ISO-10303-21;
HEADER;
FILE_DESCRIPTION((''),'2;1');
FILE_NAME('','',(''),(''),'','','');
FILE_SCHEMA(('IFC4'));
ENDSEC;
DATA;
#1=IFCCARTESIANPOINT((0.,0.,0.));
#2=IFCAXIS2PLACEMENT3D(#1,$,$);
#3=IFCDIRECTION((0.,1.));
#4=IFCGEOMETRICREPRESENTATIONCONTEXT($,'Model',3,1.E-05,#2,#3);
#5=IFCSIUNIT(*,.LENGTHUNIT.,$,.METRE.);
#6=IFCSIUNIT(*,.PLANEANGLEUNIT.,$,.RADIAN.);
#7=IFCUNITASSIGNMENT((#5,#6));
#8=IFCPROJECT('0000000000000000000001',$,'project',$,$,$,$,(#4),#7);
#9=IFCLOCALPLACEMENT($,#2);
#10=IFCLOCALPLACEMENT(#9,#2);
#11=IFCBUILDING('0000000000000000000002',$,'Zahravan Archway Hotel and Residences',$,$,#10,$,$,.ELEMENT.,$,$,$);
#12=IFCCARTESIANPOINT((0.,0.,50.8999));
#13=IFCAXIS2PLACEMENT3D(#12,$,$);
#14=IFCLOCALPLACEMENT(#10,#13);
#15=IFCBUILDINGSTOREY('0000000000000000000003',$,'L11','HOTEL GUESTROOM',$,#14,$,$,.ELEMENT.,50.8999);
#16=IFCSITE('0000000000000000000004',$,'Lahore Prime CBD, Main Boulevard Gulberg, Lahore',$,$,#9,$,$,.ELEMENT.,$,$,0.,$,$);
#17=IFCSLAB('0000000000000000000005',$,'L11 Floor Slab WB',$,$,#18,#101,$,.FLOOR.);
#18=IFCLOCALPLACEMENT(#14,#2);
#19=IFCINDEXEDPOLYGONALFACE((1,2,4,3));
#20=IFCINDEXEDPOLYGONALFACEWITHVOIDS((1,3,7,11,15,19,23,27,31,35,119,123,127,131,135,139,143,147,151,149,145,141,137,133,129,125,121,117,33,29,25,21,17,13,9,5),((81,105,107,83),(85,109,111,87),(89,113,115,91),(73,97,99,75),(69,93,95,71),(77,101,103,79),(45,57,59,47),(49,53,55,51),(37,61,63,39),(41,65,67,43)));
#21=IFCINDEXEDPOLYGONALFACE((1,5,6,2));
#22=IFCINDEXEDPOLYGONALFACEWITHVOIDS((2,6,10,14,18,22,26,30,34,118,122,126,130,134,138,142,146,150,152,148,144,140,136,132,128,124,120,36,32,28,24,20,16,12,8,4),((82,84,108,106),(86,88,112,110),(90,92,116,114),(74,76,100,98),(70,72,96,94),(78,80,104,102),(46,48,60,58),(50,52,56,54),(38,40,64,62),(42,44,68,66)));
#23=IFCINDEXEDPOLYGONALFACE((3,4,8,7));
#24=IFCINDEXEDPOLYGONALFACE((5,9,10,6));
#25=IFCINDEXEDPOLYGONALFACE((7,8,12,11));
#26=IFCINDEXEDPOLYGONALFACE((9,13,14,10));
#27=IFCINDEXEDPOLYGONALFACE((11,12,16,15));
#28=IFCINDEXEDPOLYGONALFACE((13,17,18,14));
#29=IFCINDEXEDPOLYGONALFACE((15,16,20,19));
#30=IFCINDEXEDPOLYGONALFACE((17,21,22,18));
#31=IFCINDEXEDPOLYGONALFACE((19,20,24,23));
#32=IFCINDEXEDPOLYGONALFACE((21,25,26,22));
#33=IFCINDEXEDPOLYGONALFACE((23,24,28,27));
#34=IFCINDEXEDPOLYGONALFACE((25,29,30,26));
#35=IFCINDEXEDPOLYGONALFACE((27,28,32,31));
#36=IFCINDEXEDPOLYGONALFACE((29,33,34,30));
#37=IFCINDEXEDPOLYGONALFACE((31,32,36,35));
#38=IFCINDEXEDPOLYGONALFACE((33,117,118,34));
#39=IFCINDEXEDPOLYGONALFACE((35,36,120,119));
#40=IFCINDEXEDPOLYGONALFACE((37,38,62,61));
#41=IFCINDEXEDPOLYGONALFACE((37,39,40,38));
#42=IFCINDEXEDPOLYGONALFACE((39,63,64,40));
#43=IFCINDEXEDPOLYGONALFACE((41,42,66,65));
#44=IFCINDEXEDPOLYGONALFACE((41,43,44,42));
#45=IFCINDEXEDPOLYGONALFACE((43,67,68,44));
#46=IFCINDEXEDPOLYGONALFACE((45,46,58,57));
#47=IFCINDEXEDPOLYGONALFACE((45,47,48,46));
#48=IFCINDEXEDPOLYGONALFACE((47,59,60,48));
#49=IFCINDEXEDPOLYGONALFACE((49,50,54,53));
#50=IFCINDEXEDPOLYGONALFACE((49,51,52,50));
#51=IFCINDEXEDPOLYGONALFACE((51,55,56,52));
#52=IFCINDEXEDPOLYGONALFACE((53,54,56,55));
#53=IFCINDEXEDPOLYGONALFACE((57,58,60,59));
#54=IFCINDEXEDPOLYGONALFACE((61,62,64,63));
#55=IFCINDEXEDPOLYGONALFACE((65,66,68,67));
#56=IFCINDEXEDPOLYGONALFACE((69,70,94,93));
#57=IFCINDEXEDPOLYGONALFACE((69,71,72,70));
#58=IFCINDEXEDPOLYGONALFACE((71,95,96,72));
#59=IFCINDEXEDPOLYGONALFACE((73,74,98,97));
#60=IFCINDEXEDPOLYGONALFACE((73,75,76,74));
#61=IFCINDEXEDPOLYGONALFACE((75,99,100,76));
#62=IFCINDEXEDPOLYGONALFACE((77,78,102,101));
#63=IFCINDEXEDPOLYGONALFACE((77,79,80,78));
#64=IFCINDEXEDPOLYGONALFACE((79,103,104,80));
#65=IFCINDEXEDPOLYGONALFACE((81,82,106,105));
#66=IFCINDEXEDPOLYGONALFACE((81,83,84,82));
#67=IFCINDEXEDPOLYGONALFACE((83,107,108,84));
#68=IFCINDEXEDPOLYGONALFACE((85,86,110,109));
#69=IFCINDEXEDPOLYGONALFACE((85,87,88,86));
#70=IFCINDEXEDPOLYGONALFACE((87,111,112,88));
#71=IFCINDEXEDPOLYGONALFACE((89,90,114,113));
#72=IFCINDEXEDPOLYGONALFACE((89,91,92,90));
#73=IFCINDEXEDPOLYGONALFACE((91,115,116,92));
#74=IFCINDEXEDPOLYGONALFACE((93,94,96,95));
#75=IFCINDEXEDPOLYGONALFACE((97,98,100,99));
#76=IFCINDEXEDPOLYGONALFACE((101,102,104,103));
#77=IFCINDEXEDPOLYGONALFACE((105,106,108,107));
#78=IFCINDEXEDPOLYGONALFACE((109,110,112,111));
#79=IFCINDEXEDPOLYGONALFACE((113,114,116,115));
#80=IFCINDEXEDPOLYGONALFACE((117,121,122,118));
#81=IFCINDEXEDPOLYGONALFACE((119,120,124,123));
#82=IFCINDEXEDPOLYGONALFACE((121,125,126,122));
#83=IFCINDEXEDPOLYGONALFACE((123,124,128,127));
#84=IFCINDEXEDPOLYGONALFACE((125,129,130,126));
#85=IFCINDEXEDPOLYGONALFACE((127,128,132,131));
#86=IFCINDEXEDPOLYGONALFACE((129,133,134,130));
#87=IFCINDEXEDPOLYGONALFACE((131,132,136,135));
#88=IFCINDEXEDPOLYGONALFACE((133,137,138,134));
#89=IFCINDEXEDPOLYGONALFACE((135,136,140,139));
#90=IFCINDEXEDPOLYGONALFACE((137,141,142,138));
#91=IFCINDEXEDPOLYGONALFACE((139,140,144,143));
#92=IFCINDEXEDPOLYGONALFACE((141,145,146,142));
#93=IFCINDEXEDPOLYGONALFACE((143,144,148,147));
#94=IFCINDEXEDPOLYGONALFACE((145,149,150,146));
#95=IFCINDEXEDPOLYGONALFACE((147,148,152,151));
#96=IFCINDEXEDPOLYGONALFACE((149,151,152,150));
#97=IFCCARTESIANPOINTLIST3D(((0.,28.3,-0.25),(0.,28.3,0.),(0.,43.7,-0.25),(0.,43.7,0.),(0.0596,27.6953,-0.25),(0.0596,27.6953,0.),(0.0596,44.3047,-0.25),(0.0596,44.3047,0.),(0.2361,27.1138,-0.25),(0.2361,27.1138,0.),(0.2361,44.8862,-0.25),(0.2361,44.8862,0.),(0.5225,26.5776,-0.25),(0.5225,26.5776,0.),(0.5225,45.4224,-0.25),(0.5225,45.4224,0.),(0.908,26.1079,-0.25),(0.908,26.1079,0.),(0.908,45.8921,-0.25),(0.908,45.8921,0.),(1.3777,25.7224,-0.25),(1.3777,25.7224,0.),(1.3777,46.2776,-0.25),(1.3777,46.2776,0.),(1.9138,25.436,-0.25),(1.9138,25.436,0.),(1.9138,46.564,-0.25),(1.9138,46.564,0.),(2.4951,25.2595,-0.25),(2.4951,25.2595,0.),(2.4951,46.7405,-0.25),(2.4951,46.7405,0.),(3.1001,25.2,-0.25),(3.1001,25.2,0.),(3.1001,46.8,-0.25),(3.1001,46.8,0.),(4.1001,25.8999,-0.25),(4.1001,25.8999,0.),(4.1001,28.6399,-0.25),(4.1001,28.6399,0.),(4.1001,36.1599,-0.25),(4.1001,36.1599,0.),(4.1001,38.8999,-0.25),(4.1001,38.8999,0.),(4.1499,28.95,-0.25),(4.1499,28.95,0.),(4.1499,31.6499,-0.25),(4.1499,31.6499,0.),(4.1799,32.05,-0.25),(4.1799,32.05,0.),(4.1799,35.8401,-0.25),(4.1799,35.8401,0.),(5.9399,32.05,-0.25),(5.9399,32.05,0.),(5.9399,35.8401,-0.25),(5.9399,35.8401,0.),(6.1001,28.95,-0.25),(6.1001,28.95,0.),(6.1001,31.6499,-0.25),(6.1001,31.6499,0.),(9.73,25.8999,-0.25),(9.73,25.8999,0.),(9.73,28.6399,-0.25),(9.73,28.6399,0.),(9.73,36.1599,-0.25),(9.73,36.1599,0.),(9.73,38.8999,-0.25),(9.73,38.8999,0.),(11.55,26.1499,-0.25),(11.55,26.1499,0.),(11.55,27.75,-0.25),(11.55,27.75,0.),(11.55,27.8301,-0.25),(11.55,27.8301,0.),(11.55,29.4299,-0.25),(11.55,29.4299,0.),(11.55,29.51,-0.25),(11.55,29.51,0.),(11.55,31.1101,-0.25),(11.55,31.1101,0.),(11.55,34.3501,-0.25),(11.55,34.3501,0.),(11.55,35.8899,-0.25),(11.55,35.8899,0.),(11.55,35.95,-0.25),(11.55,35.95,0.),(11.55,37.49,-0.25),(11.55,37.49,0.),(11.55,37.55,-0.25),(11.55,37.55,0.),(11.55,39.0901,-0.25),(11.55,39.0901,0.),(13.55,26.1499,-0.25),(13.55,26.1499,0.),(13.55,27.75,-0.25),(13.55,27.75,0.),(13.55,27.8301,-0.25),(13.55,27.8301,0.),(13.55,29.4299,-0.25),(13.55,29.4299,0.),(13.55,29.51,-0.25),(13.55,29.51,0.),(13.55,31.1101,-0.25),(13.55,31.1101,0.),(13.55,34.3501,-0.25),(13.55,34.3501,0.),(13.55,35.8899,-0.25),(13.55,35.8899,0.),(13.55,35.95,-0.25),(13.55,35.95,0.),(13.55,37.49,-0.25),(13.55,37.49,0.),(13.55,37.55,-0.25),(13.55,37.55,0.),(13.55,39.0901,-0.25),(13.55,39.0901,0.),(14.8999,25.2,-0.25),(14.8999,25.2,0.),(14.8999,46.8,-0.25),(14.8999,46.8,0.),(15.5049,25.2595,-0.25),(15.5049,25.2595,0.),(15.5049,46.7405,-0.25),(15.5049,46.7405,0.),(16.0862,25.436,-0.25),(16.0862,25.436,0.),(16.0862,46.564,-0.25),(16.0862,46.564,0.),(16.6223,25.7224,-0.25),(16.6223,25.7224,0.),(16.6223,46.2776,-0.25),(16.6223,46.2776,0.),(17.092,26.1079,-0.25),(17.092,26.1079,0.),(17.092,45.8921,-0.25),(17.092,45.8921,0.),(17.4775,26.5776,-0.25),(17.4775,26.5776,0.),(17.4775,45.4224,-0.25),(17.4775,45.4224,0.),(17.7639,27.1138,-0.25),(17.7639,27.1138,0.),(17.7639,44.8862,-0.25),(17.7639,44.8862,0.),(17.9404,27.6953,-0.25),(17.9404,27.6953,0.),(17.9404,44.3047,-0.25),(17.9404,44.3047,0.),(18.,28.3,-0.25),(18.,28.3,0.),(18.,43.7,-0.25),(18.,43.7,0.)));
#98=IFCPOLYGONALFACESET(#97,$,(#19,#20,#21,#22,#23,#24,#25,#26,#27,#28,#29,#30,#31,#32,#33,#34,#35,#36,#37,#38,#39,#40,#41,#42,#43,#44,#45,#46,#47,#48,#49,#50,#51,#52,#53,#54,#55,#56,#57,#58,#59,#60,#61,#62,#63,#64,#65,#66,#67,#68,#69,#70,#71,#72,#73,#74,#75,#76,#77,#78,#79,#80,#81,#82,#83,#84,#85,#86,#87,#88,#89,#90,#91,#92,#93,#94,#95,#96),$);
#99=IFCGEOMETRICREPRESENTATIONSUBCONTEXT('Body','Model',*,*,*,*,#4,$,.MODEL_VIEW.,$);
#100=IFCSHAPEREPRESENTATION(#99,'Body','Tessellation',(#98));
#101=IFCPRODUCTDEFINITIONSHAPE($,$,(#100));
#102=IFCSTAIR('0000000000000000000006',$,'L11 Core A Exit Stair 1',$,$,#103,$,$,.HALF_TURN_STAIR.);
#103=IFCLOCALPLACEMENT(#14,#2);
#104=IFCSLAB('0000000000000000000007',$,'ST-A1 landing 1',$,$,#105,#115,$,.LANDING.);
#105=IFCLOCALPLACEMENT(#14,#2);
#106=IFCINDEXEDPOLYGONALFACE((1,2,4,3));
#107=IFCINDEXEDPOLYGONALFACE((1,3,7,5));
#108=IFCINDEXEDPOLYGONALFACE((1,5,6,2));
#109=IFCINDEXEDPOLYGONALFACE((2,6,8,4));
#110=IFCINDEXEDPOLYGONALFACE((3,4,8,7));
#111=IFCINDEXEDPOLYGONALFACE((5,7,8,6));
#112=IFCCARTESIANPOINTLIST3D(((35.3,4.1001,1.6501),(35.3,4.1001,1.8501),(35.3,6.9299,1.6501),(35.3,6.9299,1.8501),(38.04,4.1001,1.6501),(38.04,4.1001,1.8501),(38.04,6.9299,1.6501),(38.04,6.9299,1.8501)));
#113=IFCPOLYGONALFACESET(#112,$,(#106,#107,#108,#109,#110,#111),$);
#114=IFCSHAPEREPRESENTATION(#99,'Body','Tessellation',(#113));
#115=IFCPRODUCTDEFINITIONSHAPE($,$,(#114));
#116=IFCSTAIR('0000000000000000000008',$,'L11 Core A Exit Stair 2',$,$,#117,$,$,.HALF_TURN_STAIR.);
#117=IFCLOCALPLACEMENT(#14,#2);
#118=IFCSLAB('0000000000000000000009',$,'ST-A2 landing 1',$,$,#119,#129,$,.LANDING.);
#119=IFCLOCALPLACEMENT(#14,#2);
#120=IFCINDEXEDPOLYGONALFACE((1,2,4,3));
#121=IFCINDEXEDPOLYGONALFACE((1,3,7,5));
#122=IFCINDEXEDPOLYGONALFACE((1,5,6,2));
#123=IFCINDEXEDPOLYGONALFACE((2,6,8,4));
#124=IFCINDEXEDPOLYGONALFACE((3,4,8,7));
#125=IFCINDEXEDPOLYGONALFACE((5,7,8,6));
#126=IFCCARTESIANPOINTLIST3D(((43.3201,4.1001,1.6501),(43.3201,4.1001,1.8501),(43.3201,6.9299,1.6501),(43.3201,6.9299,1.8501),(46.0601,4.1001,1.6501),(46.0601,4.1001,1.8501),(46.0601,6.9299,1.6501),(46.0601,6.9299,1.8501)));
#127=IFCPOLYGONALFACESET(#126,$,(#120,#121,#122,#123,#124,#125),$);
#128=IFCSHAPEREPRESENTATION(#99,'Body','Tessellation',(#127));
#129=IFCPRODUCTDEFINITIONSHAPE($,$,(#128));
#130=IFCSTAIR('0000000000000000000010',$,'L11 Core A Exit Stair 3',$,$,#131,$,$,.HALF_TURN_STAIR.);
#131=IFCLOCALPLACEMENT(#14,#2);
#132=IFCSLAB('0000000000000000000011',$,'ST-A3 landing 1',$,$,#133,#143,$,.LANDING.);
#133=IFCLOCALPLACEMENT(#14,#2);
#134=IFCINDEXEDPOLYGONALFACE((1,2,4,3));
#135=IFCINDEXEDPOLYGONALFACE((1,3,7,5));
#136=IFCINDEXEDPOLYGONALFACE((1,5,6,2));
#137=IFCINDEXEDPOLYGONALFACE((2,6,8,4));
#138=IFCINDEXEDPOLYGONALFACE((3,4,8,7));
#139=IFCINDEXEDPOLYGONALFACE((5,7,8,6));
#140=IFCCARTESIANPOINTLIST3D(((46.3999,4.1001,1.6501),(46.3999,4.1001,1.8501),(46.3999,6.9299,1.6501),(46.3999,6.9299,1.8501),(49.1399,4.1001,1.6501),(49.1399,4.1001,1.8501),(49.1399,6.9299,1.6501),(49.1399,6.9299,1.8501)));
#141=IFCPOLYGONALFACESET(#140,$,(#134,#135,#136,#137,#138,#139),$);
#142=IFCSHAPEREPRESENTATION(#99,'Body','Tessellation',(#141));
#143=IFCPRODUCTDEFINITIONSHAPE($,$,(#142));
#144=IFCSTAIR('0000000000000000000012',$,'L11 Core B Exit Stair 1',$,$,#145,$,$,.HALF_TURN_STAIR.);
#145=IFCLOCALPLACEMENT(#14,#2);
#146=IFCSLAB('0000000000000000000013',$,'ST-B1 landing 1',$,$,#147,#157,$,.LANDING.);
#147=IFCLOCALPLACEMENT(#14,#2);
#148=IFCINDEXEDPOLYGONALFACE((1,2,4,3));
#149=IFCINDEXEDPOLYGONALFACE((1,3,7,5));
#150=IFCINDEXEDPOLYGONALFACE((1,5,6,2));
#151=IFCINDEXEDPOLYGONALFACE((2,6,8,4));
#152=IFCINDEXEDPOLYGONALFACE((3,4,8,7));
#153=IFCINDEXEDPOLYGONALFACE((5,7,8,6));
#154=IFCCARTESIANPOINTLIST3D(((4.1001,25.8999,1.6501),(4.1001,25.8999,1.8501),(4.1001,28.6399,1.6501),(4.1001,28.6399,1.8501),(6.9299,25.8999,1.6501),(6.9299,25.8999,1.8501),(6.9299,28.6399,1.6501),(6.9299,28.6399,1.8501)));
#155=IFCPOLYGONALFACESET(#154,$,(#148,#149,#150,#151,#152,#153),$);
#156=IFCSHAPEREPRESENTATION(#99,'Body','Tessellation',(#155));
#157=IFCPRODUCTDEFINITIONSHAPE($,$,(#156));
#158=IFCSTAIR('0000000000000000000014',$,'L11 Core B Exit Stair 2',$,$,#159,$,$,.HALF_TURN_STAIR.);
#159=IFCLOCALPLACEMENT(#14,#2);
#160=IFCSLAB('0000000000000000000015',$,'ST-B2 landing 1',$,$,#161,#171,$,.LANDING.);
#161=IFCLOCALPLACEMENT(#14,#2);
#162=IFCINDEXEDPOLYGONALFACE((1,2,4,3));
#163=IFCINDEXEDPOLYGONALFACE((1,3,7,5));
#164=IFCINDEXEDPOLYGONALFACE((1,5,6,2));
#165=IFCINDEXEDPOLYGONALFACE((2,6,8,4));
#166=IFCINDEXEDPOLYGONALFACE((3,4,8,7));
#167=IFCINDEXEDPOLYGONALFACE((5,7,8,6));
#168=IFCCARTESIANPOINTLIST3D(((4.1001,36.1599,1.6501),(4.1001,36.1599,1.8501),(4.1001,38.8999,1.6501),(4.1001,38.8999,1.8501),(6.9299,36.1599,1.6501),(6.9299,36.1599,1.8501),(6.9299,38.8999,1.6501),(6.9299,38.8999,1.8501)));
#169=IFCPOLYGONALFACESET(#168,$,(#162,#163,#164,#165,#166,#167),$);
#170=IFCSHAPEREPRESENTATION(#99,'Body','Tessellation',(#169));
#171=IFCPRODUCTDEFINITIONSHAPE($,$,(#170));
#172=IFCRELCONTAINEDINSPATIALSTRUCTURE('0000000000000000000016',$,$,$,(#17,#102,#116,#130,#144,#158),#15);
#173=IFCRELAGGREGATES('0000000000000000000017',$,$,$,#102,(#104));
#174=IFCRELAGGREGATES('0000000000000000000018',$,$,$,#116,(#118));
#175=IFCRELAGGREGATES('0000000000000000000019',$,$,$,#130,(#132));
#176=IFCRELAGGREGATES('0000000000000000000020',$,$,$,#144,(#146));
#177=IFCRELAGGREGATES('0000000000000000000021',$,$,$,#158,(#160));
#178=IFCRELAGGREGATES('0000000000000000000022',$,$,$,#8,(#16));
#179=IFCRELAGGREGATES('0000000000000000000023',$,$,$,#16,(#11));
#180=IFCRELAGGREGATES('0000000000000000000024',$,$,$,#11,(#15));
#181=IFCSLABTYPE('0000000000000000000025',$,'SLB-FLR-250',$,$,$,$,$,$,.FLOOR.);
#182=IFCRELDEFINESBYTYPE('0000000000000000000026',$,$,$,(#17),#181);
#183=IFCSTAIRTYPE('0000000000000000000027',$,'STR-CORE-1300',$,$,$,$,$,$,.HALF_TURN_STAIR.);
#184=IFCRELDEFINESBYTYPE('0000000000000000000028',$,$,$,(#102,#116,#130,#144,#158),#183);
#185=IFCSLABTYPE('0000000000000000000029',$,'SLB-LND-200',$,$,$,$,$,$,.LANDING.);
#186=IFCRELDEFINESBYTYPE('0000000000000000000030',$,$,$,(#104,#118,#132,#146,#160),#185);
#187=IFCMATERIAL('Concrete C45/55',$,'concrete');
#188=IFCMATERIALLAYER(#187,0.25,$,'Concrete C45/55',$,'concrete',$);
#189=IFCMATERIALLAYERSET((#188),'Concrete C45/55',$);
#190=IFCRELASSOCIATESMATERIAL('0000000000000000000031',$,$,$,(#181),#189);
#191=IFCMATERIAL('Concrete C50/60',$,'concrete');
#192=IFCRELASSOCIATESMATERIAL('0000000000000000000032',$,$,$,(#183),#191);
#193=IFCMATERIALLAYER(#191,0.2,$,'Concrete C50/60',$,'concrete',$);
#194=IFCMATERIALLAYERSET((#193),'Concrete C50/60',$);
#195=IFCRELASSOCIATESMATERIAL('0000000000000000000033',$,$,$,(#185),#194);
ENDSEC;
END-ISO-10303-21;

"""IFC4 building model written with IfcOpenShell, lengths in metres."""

from ifc_helpers import new_model, si_unit, direction, frame, origin, place, context, subcontext, project, spatial, polyline, outline, extrude, material, layer, layer_set, type_object, element, aggregate, save


model = new_model("IFC4")

# Units and contexts
model_context = context("Model", 3, precision=1e-05, world=origin(), true_north=direction((0.0, 1.0)))
body_context = subcontext(model_context, "Body", "Model", "MODEL_VIEW")
ifc_project = project(units=[si_unit("LENGTHUNIT", "METRE"), si_unit("PLANEANGLEUNIT", "RADIAN")], contexts=[model_context])

# Site, building, storey
site_placement = place(None, origin())
site = spatial("IfcSite", under=ifc_project, at=site_placement, Name="Lahore Prime CBD, Main Boulevard Gulberg, Lahore", CompositionType="ELEMENT", RefElevation=0.0)
building_placement = place(site_placement, origin())
building = spatial("IfcBuilding", under=site, at=building_placement, Name="Zahravan Archway Hotel and Residences", CompositionType="ELEMENT")
storey_placement = place(building_placement, frame((0.0, 0.0, 50.8999)))
storey = spatial("IfcBuildingStorey", under=building, at=storey_placement, Name="L11", Description="HOTEL GUESTROOM", CompositionType="ELEMENT", Elevation=50.8999)

# Slab
ifc_material_1 = material(Name="Concrete C45/55", Category="concrete")
ifc_layer_1 = layer(ifc_material_1, 0.25, Name="Concrete C45/55", Category="concrete")
ifc_layer_set_1 = layer_set([ifc_layer_1], Name="Concrete C45/55")
slab_type_1 = type_object("IfcSlabType", Name="SLB-FLR-250", PredefinedType="FLOOR", material=ifc_layer_set_1)
slab_1_placement = place(storey_placement, frame((0.0, 0.0, -0.25)))
element("IfcSlab", 1, at=slab_1_placement, inside=storey, type_object=slab_type_1, Name="L11 Floor Slab WB", PredefinedType="FLOOR", context=body_context, shape_type="SweptSolid", body=[
    extrude(outline(polyline([(14.8999, 25.2), (15.5049, 25.2595), (16.0862, 25.436), (16.6223, 25.7224), (17.092, 26.1079), (17.4775, 26.5776), (17.7639, 27.1138), (17.9404, 27.6953), (18.0, 28.3), (18.0, 43.7), (17.9404, 44.3047), (17.7639, 44.8862), (17.4775, 45.4224), (17.092, 45.8921), (16.6223, 46.2776), (16.0862, 46.564), (15.5049, 46.7405), (14.8999, 46.8), (3.1001, 46.8), (2.4951, 46.7405), (1.9138, 46.564), (1.3777, 46.2776), (0.908, 45.8921), (0.5225, 45.4224), (0.2361, 44.8862), (0.0596, 44.3047), (0.0, 43.7), (0.0, 28.3), (0.0596, 27.6953), (0.2361, 27.1138), (0.5225, 26.5776), (0.908, 26.1079), (1.3777, 25.7224), (1.9138, 25.436), (2.4951, 25.2595), (3.1001, 25.2), (14.8999, 25.2)]), holes=[polyline([(9.73, 28.6399), (4.1001, 28.6399), (4.1001, 25.8999), (9.73, 25.8999), (9.73, 28.6399)]), polyline([(9.73, 38.8999), (4.1001, 38.8999), (4.1001, 36.1599), (9.73, 36.1599), (9.73, 38.8999)]), polyline([(4.1499, 28.95), (6.1001, 28.95), (6.1001, 31.6499), (4.1499, 31.6499), (4.1499, 28.95)]), polyline([(11.55, 26.1499), (13.55, 26.1499), (13.55, 27.75), (11.55, 27.75), (11.55, 26.1499)]), polyline([(11.55, 27.8301), (13.55, 27.8301), (13.55, 29.4299), (11.55, 29.4299), (11.55, 27.8301)]), polyline([(11.55, 29.51), (13.55, 29.51), (13.55, 31.1101), (11.55, 31.1101), (11.55, 29.51)]), polyline([(11.55, 34.3501), (13.55, 34.3501), (13.55, 35.8899), (11.55, 35.8899), (11.55, 34.3501)]), polyline([(11.55, 35.95), (13.55, 35.95), (13.55, 37.49), (11.55, 37.49), (11.55, 35.95)]), polyline([(11.55, 37.55), (13.55, 37.55), (13.55, 39.0901), (11.55, 39.0901), (11.55, 37.55)]), polyline([(4.1799, 32.05), (5.9399, 32.05), (5.9399, 35.8401), (4.1799, 35.8401), (4.1799, 32.05)])]), origin(), (0.0, 0.0, 1.0), 0.25),
])

# Stairs, slabs
ifc_material_2 = material(Name="Concrete C50/60", Category="concrete")
stair_type = type_object("IfcStairType", Name="STR-CORE-1300", PredefinedType="HALF_TURN_STAIR", material=ifc_material_2)
stair_1_placement = place(storey_placement, origin())
stair_1 = element("IfcStair", 2, at=stair_1_placement, inside=storey, type_object=stair_type, Name="L11 Core A Exit Stair 1", PredefinedType="HALF_TURN_STAIR")
ifc_layer_2 = layer(ifc_material_2, 0.2, Name="Concrete C50/60", Category="concrete")
ifc_layer_set_2 = layer_set([ifc_layer_2], Name="Concrete C50/60")
slab_type_2 = type_object("IfcSlabType", Name="SLB-LND-200", PredefinedType="LANDING", material=ifc_layer_set_2)
slab_2_placement = place(storey_placement, frame((0.0, 0.0, 1.6501)))
slab_2 = element("IfcSlab", 3, at=slab_2_placement, type_object=slab_type_2, Name="ST-A1 landing 1", PredefinedType="LANDING", context=body_context, shape_type="SweptSolid", body=[
    extrude(outline(polyline([(35.3, 6.9299), (35.3, 4.1001), (38.04, 4.1001), (38.04, 6.9299), (35.3, 6.9299)])), origin(), (0.0, 0.0, 1.0), 0.2),
])
aggregate(stair_1, [slab_2])
stair_2_placement = place(storey_placement, origin())
stair_2 = element("IfcStair", 4, at=stair_2_placement, inside=storey, type_object=stair_type, Name="L11 Core A Exit Stair 2", PredefinedType="HALF_TURN_STAIR")
slab_3_placement = place(storey_placement, frame((0.0, 0.0, 1.6501)))
slab_3 = element("IfcSlab", 5, at=slab_3_placement, type_object=slab_type_2, Name="ST-A2 landing 1", PredefinedType="LANDING", context=body_context, shape_type="SweptSolid", body=[
    extrude(outline(polyline([(43.3201, 6.9299), (43.3201, 4.1001), (46.0601, 4.1001), (46.0601, 6.9299), (43.3201, 6.9299)])), origin(), (0.0, 0.0, 1.0), 0.2),
])
aggregate(stair_2, [slab_3])
stair_3_placement = place(storey_placement, origin())
stair_3 = element("IfcStair", 6, at=stair_3_placement, inside=storey, type_object=stair_type, Name="L11 Core A Exit Stair 3", PredefinedType="HALF_TURN_STAIR")
slab_4_placement = place(storey_placement, frame((0.0, 0.0, 1.6501)))
slab_4 = element("IfcSlab", 7, at=slab_4_placement, type_object=slab_type_2, Name="ST-A3 landing 1", PredefinedType="LANDING", context=body_context, shape_type="SweptSolid", body=[
    extrude(outline(polyline([(46.3999, 6.9299), (46.3999, 4.1001), (49.1399, 4.1001), (49.1399, 6.9299), (46.3999, 6.9299)])), origin(), (0.0, 0.0, 1.0), 0.2),
])
aggregate(stair_3, [slab_4])
stair_4_placement = place(storey_placement, origin())
stair_4 = element("IfcStair", 8, at=stair_4_placement, inside=storey, type_object=stair_type, Name="L11 Core B Exit Stair 1", PredefinedType="HALF_TURN_STAIR")
slab_5_placement = place(storey_placement, frame((0.0, 0.0, 1.6501)))
slab_5 = element("IfcSlab", 9, at=slab_5_placement, type_object=slab_type_2, Name="ST-B1 landing 1", PredefinedType="LANDING", context=body_context, shape_type="SweptSolid", body=[
    extrude(outline(polyline([(6.9299, 28.6399), (4.1001, 28.6399), (4.1001, 25.8999), (6.9299, 25.8999), (6.9299, 28.6399)])), origin(), (0.0, 0.0, 1.0), 0.2),
])
aggregate(stair_4, [slab_5])
stair_5_placement = place(storey_placement, origin())
stair_5 = element("IfcStair", 10, at=stair_5_placement, inside=storey, type_object=stair_type, Name="L11 Core B Exit Stair 2", PredefinedType="HALF_TURN_STAIR")
slab_6_placement = place(storey_placement, frame((0.0, 0.0, 1.6501)))
slab_6 = element("IfcSlab", 11, at=slab_6_placement, type_object=slab_type_2, Name="ST-B2 landing 1", PredefinedType="LANDING", context=body_context, shape_type="SweptSolid", body=[
    extrude(outline(polyline([(6.9299, 38.8999), (4.1001, 38.8999), (4.1001, 36.1599), (6.9299, 36.1599), (6.9299, 38.8999)])), origin(), (0.0, 0.0, 1.0), 0.2),
])
aggregate(stair_5, [slab_6])

save(model, "model.ifc")
